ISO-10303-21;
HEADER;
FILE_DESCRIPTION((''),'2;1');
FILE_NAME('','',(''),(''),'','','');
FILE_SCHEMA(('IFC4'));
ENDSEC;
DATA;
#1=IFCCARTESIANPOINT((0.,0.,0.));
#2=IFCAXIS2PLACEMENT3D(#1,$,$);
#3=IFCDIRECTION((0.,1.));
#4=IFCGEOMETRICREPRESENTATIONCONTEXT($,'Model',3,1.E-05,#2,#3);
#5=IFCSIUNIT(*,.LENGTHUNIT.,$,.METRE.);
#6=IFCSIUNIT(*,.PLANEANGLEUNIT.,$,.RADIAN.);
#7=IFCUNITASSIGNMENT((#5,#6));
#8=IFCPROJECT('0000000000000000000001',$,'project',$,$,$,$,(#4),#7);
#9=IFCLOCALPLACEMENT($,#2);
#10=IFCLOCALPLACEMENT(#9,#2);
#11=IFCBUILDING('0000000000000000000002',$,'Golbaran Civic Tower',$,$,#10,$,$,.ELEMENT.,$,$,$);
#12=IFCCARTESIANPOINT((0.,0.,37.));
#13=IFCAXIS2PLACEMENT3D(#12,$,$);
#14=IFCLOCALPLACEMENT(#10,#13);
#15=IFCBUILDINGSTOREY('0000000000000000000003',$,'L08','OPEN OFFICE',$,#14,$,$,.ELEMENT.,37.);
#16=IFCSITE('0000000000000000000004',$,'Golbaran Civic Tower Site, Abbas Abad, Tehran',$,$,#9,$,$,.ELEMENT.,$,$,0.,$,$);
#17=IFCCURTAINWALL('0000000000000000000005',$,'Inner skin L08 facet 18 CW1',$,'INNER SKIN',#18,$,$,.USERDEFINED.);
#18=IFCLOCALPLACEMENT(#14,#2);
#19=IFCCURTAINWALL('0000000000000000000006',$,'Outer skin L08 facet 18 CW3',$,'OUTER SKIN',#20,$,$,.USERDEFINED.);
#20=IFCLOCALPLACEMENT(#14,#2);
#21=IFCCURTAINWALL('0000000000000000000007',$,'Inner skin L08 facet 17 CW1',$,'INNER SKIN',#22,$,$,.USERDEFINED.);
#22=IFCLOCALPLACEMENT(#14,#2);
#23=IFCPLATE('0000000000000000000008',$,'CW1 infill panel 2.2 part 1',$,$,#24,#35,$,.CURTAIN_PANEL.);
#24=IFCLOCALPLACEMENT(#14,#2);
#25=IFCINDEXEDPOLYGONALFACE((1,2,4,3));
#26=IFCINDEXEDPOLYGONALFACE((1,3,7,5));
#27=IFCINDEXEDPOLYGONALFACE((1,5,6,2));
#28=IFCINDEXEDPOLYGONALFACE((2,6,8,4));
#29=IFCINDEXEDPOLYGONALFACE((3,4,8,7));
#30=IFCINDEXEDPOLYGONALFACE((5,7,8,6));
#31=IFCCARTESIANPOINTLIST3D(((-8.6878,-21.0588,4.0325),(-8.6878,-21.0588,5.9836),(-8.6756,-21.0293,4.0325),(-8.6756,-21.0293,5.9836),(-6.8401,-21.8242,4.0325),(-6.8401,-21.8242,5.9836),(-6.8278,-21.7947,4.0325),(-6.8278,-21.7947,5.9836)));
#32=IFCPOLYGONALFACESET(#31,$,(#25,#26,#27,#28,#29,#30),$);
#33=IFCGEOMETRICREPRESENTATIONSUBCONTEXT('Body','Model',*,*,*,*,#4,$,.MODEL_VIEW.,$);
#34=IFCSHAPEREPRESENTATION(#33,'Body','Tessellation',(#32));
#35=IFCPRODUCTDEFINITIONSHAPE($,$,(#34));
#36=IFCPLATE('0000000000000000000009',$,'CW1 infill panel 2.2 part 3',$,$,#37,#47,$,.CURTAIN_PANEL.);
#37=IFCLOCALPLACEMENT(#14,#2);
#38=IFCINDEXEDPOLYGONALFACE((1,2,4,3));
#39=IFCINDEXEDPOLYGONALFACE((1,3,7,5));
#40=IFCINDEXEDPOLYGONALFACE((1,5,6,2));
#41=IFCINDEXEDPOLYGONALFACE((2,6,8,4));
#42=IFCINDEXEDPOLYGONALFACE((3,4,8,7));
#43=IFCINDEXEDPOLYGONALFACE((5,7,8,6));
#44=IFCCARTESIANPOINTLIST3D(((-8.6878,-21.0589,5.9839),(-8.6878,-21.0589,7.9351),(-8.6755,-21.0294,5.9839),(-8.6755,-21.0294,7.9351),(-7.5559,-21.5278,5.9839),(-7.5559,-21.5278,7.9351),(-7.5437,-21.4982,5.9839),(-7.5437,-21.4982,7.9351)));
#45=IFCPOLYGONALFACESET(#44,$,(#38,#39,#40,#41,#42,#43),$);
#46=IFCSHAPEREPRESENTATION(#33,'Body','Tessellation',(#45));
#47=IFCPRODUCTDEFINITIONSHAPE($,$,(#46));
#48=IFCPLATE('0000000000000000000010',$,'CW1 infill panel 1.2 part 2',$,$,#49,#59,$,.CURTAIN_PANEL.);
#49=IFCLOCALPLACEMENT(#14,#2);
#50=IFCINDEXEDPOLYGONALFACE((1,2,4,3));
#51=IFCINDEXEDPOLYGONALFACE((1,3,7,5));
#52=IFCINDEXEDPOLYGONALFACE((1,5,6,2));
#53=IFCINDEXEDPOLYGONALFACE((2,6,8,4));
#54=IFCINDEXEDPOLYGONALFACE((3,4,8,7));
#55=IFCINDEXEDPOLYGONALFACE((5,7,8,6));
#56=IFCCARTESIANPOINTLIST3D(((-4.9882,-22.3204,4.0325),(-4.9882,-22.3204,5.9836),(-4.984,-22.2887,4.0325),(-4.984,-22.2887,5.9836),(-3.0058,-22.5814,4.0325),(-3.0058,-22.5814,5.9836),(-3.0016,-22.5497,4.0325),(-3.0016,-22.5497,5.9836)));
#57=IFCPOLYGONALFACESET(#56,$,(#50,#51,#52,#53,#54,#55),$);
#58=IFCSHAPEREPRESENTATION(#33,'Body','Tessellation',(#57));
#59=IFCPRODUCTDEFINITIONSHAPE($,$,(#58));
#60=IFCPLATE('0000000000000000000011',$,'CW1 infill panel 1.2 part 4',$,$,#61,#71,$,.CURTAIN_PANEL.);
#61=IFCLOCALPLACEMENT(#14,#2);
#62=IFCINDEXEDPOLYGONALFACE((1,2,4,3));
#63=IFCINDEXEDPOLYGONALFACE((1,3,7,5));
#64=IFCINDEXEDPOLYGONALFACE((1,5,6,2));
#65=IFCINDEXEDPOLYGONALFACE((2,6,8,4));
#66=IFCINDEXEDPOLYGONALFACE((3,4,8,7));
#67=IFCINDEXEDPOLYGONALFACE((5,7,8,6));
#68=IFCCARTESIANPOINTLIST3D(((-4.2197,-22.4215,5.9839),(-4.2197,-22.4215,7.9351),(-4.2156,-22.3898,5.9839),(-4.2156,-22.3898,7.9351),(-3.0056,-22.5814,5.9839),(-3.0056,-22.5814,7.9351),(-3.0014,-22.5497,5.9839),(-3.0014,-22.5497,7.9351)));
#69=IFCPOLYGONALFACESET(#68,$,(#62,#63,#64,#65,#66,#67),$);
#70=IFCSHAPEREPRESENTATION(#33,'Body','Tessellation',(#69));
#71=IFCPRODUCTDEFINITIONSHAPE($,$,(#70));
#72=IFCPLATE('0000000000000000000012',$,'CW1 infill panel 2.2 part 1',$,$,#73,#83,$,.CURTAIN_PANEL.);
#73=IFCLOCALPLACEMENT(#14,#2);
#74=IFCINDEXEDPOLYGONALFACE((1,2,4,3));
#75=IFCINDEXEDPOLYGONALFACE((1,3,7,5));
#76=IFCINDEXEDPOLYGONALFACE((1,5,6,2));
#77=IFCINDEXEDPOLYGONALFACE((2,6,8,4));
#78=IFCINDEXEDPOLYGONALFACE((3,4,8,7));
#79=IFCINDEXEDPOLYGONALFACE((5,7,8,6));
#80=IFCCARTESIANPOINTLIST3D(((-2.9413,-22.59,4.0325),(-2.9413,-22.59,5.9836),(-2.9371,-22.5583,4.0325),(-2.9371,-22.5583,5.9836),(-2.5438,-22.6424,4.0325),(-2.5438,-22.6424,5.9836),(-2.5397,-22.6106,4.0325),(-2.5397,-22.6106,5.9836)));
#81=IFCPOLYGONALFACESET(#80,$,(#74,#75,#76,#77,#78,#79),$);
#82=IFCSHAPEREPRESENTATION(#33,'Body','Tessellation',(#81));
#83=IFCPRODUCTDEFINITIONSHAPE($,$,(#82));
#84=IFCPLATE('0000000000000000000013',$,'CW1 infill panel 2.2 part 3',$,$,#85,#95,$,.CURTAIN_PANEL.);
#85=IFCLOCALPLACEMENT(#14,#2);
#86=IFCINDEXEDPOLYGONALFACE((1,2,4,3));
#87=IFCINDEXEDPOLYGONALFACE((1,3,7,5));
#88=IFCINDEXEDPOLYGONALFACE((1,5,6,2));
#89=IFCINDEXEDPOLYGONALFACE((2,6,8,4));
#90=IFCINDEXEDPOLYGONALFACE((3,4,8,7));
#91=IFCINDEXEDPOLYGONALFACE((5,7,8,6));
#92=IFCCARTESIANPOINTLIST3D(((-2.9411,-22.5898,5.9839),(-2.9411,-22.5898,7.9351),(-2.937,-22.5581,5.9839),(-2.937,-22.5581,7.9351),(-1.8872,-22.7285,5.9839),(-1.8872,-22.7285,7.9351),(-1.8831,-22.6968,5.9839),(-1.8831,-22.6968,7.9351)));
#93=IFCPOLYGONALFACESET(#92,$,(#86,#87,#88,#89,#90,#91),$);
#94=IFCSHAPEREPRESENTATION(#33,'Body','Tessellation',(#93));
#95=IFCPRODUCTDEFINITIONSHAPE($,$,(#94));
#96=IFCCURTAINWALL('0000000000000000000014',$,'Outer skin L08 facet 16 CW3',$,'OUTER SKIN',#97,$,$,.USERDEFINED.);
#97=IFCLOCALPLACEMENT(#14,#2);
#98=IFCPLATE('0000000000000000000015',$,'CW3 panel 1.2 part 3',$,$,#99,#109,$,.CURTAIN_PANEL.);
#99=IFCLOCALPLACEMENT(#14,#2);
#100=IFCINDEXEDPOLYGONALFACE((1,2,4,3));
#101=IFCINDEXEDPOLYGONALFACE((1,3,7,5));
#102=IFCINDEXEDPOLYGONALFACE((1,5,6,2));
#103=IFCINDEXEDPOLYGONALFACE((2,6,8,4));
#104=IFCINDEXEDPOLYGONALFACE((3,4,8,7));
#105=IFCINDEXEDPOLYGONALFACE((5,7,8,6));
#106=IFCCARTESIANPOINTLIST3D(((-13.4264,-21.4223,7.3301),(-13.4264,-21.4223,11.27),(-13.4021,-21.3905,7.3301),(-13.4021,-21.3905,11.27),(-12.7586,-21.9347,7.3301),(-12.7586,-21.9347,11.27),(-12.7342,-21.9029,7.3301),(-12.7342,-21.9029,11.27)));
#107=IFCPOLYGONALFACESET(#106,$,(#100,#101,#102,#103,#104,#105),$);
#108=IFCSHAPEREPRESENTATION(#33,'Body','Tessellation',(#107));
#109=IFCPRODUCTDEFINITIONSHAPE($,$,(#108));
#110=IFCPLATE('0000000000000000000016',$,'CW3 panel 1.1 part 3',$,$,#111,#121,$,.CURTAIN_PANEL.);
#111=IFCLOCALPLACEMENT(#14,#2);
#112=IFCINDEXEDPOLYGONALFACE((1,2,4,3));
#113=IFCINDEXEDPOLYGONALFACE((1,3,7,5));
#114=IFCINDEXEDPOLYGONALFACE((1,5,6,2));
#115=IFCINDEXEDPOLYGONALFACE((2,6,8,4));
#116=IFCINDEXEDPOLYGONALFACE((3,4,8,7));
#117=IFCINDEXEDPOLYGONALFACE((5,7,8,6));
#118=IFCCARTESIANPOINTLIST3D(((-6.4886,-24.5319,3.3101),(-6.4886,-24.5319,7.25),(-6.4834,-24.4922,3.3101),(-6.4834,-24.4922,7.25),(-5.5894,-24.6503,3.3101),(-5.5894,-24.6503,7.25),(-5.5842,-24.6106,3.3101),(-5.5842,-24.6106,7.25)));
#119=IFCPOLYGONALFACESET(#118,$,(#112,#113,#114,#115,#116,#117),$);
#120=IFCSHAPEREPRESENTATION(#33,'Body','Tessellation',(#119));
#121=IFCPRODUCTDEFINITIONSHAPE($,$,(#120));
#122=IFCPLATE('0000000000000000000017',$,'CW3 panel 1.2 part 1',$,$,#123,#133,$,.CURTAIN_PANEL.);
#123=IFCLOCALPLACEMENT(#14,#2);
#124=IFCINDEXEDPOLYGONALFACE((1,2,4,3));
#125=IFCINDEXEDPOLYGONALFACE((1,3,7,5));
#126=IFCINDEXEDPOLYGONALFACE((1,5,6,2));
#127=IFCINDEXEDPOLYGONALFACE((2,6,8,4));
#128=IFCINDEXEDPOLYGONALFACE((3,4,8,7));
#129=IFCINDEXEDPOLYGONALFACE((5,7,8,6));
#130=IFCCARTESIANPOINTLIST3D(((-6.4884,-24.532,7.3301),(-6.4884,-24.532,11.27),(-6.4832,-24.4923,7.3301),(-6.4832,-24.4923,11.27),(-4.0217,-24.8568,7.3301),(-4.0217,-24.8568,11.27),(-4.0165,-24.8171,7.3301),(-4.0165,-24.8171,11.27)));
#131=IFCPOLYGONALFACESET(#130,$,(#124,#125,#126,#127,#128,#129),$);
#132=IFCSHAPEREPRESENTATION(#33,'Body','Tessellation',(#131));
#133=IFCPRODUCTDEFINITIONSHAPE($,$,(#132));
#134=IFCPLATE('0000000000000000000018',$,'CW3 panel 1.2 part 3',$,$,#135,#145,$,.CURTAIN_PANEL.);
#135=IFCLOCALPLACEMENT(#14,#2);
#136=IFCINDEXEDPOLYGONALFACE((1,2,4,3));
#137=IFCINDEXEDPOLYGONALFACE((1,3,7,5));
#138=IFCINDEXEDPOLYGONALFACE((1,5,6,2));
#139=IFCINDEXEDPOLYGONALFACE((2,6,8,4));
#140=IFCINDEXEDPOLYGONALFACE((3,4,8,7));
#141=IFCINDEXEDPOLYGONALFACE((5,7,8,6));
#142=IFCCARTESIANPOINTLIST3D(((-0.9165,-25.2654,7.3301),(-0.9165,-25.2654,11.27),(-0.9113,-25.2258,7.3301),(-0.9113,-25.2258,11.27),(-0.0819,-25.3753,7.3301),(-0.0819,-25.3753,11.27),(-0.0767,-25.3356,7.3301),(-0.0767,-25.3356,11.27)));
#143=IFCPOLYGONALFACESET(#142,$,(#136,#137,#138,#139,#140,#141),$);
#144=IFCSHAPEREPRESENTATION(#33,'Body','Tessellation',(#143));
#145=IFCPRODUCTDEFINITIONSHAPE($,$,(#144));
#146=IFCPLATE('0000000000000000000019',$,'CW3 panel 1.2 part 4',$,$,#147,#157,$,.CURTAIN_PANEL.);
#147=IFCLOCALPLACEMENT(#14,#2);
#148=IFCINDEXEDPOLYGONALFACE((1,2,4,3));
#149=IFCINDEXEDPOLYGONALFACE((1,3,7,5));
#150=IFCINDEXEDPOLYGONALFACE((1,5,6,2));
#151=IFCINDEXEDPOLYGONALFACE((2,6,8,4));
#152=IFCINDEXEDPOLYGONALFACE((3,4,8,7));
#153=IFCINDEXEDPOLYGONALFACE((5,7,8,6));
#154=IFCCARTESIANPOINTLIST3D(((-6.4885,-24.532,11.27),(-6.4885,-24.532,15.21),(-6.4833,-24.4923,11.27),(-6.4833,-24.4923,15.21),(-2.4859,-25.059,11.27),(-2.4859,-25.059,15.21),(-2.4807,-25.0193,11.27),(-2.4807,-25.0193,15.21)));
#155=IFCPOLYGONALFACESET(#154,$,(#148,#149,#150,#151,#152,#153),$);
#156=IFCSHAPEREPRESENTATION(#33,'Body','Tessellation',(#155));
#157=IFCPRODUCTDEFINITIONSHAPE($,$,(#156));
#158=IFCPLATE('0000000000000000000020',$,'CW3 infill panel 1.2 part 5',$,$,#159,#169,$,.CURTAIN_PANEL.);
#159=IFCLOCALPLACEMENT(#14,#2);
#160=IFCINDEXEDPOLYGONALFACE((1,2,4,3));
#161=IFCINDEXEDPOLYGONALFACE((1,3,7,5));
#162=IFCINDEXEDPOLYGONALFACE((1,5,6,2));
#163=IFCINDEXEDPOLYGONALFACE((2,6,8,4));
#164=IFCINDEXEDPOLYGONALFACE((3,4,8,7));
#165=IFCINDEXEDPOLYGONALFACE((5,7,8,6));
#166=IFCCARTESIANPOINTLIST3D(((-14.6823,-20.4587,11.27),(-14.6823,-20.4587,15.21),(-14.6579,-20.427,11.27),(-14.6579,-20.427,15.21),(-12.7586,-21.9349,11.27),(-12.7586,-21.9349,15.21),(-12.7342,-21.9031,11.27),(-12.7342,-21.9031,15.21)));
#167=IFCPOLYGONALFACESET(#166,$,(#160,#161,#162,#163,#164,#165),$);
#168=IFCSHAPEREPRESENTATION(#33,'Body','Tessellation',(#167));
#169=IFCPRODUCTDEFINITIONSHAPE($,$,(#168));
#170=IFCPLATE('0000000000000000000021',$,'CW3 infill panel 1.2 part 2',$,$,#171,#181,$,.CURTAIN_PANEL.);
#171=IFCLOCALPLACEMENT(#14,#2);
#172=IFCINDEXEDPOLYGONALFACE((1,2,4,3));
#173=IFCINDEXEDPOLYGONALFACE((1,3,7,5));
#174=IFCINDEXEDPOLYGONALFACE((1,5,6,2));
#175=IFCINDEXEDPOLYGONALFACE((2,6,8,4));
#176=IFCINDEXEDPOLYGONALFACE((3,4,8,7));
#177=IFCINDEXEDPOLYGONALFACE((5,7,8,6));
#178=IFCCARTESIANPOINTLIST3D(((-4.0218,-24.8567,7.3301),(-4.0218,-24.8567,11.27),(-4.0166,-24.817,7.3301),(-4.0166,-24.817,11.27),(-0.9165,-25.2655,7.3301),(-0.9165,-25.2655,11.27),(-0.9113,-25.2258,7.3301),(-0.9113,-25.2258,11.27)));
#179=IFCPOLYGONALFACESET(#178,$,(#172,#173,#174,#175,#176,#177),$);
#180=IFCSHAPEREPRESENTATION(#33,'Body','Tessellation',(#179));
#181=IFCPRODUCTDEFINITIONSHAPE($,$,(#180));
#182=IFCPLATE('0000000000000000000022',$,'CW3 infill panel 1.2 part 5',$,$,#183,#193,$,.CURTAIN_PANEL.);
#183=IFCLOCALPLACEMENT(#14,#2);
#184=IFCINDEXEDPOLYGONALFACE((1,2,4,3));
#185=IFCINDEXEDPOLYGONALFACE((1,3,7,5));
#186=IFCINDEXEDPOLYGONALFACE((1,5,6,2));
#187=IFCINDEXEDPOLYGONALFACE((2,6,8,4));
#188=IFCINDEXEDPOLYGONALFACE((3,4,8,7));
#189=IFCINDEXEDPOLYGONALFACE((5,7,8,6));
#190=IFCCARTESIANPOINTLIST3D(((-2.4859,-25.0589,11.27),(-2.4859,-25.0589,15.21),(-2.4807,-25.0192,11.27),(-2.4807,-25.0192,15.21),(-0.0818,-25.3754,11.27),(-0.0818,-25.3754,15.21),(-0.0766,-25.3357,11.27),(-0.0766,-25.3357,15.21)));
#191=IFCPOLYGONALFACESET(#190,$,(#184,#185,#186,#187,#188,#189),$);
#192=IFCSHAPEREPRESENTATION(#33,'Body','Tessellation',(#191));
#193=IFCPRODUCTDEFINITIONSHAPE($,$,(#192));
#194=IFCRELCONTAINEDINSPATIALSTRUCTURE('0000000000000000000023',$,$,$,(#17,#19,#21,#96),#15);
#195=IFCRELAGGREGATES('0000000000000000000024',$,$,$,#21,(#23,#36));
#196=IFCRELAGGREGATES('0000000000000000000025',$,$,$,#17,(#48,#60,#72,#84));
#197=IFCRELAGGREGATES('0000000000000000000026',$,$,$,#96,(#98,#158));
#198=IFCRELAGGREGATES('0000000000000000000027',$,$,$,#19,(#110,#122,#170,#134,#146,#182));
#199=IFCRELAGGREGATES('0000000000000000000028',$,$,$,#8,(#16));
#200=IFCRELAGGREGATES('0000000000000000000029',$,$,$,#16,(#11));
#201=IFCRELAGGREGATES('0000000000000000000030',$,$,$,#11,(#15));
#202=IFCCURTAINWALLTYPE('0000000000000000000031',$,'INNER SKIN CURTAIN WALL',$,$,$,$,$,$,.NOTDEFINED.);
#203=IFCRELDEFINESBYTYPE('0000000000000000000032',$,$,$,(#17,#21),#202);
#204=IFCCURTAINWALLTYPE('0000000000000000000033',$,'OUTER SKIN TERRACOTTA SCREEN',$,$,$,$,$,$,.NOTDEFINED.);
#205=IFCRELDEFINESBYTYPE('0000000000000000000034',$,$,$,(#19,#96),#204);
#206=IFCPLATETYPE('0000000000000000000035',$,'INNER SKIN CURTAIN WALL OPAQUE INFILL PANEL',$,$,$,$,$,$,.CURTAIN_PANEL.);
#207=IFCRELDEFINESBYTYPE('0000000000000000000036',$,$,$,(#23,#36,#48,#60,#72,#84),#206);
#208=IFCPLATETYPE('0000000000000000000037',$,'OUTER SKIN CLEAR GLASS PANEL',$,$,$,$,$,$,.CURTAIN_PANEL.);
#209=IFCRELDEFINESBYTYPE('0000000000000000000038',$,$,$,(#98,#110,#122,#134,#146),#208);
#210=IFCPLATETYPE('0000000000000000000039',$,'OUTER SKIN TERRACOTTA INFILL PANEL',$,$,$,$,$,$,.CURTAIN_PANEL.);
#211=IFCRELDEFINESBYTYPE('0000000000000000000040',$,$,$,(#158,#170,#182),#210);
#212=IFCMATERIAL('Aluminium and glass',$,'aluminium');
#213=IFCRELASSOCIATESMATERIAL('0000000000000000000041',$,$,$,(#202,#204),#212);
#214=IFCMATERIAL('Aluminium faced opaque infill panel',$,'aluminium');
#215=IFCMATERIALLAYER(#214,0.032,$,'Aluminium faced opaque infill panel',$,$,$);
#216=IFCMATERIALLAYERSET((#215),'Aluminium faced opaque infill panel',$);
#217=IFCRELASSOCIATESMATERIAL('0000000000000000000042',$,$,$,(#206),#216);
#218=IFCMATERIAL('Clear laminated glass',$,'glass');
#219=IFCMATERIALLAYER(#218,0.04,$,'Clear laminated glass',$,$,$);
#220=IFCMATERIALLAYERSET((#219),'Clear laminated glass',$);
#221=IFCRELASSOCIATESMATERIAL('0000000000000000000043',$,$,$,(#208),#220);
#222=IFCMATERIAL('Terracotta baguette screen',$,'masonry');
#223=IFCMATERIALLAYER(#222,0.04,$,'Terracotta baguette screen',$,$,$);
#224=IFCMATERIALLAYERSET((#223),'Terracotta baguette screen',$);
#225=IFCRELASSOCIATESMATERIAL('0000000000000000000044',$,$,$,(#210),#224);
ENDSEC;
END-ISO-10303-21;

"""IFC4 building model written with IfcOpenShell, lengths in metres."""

from ifc_helpers import new_model, si_unit, direction, frame, origin, origin_2d, place, context, subcontext, project, spatial, rectangle, extrude, material, layer, layer_set, type_object, element, aggregate, save


model = new_model("IFC4")

# Units and contexts
model_context = context("Model", 3, precision=1e-05, world=origin(), true_north=direction((0.0, 1.0)))
body_context = subcontext(model_context, "Body", "Model", "MODEL_VIEW")
ifc_project = project(units=[si_unit("LENGTHUNIT", "METRE"), si_unit("PLANEANGLEUNIT", "RADIAN")], contexts=[model_context])

# Site, building, storey
site_placement = place(None, origin())
site = spatial("IfcSite", under=ifc_project, at=site_placement, Name="Golbaran Civic Tower Site, Abbas Abad, Tehran", CompositionType="ELEMENT", RefElevation=0.0)
building_placement = place(site_placement, origin())
building = spatial("IfcBuilding", under=site, at=building_placement, Name="Golbaran Civic Tower", CompositionType="ELEMENT")
storey_placement = place(building_placement, frame((0.0, 0.0, 37.0)))
storey = spatial("IfcBuildingStorey", under=building, at=storey_placement, Name="L08", Description="OPEN OFFICE", CompositionType="ELEMENT", Elevation=37.0)

# Curtain walls
ifc_material_1 = material(Name="Aluminium and glass", Category="aluminium")
curtain_wall_type_1 = type_object("IfcCurtainWallType", Name="INNER SKIN CURTAIN WALL", PredefinedType="NOTDEFINED", material=ifc_material_1)
curtain_wall_1_placement = place(storey_placement, origin())
curtain_wall_1 = element("IfcCurtainWall", 1, at=curtain_wall_1_placement, inside=storey, type_object=curtain_wall_type_1, Name="Inner skin L08 facet 18 CW1", ObjectType="INNER SKIN", PredefinedType="USERDEFINED")
curtain_wall_type_2 = type_object("IfcCurtainWallType", Name="OUTER SKIN TERRACOTTA SCREEN", PredefinedType="NOTDEFINED", material=ifc_material_1)
curtain_wall_2_placement = place(storey_placement, origin())
curtain_wall_2 = element("IfcCurtainWall", 2, at=curtain_wall_2_placement, inside=storey, type_object=curtain_wall_type_2, Name="Outer skin L08 facet 18 CW3", ObjectType="OUTER SKIN", PredefinedType="USERDEFINED")

# Curtain wall
curtain_wall_3_placement = place(storey_placement, origin())
curtain_wall_3 = element("IfcCurtainWall", 3, at=curtain_wall_3_placement, inside=storey, type_object=curtain_wall_type_1, Name="Inner skin L08 facet 17 CW1", ObjectType="INNER SKIN", PredefinedType="USERDEFINED")

# Plates
ifc_material_2 = material(Name="Aluminium faced opaque infill panel", Category="aluminium")
ifc_layer_1 = layer(ifc_material_2, 0.032, Name="Aluminium faced opaque infill panel")
ifc_layer_set_1 = layer_set([ifc_layer_1], Name="Aluminium faced opaque infill panel")
plate_type_1 = type_object("IfcPlateType", Name="INNER SKIN CURTAIN WALL OPAQUE INFILL PANEL", PredefinedType="CURTAIN_PANEL", material=ifc_layer_set_1)
plate_1_placement = place(storey_placement, frame((-7.7578, -21.4268, 4.0325), z_axis=(0.0, 0.0, 1.0), x_axis=(0.92388, -0.382683, 0.0)))
plate_1 = element("IfcPlate", 4, at=plate_1_placement, type_object=plate_type_1, Name="CW1 infill panel 2.2 part 1", PredefinedType="CURTAIN_PANEL", context=body_context, shape_type="SweptSolid", body=[
    extrude(rectangle(XDim=2.0, YDim=0.032, at=origin_2d()), origin(), (0.0, 0.0, 1.0), 1.9512),
])
plate_2_placement = place(storey_placement, frame((-8.1157, -21.2786, 5.9839), z_axis=(0.0, 0.0, 1.0), x_axis=(0.92388, -0.382683, 0.0)))
plate_2 = element("IfcPlate", 5, at=plate_2_placement, type_object=plate_type_1, Name="CW1 infill panel 2.2 part 3", PredefinedType="CURTAIN_PANEL", context=body_context, shape_type="SweptSolid", body=[
    extrude(rectangle(XDim=1.2251, YDim=0.032, at=origin_2d()), origin(), (0.0, 0.0, 1.0), 1.9512),
])
aggregate(curtain_wall_3, [plate_1, plate_2])
plate_3_placement = place(storey_placement, frame((-3.9949, -22.4351, 4.0325), z_axis=(0.0, 0.0, 1.0), x_axis=(0.991445, -0.130526, 0.0)))
plate_3 = element("IfcPlate", 6, at=plate_3_placement, type_object=plate_type_1, Name="CW1 infill panel 1.2 part 2", PredefinedType="CURTAIN_PANEL", context=body_context, shape_type="SweptSolid", body=[
    extrude(rectangle(XDim=1.9995, YDim=0.032, at=origin_2d()), origin(), (0.0, 0.0, 1.0), 1.9512),
])
plate_4_placement = place(storey_placement, frame((-3.6106, -22.4856, 5.9839), z_axis=(0.0, 0.0, 1.0), x_axis=(0.991445, -0.130526, 0.0)))
plate_4 = element("IfcPlate", 7, at=plate_4_placement, type_object=plate_type_1, Name="CW1 infill panel 1.2 part 4", PredefinedType="CURTAIN_PANEL", context=body_context, shape_type="SweptSolid", body=[
    extrude(rectangle(XDim=1.2246, YDim=0.032, at=origin_2d()), origin(), (0.0, 0.0, 1.0), 1.9512),
])
plate_5_placement = place(storey_placement, frame((-2.7405, -22.6003, 4.0325), z_axis=(0.0, 0.0, 1.0), x_axis=(0.991445, -0.130526, 0.0)))
plate_5 = element("IfcPlate", 8, at=plate_5_placement, type_object=plate_type_1, Name="CW1 infill panel 2.2 part 1", PredefinedType="CURTAIN_PANEL", context=body_context, shape_type="SweptSolid", body=[
    extrude(rectangle(XDim=0.4009, YDim=0.032, at=origin_2d()), origin(), (0.0, 0.0, 1.0), 1.9512),
])
plate_6_placement = place(storey_placement, frame((-2.4121, -22.6433, 5.9839), z_axis=(0.0, 0.0, 1.0), x_axis=(0.991445, -0.130526, 0.0)))
plate_6 = element("IfcPlate", 9, at=plate_6_placement, type_object=plate_type_1, Name="CW1 infill panel 2.2 part 3", PredefinedType="CURTAIN_PANEL", context=body_context, shape_type="SweptSolid", body=[
    extrude(rectangle(XDim=1.063, YDim=0.032, at=origin_2d()), origin(), (0.0, 0.0, 1.0), 1.9512),
])
aggregate(curtain_wall_1, [plate_3, plate_4, plate_5, plate_6])

# Curtain wall, plate
curtain_wall_4_placement = place(storey_placement, origin())
curtain_wall_4 = element("IfcCurtainWall", 10, at=curtain_wall_4_placement, inside=storey, type_object=curtain_wall_type_2, Name="Outer skin L08 facet 16 CW3", ObjectType="OUTER SKIN", PredefinedType="USERDEFINED")
ifc_material_3 = material(Name="Clear laminated glass", Category="glass")
ifc_layer_2 = layer(ifc_material_3, 0.04, Name="Clear laminated glass")
ifc_layer_set_2 = layer_set([ifc_layer_2], Name="Clear laminated glass")
plate_type_2 = type_object("IfcPlateType", Name="OUTER SKIN CLEAR GLASS PANEL", PredefinedType="CURTAIN_PANEL", material=ifc_layer_set_2)
plate_7_placement = place(storey_placement, frame((-13.0803, -21.6626, 7.3301), z_axis=(0.0, 0.0, 1.0), x_axis=(0.793353, -0.608761, 0.0)))
plate_7 = element("IfcPlate", 11, at=plate_7_placement, type_object=plate_type_2, Name="CW3 panel 1.2 part 3", PredefinedType="CURTAIN_PANEL", context=body_context, shape_type="SweptSolid", body=[
    extrude(rectangle(XDim=0.8418, YDim=0.04, at=origin_2d()), origin(), (0.0, 0.0, 1.0), 3.9399),
])

# Plates
plate_8_placement = place(storey_placement, frame((-6.0364, -24.5713, 3.3101), z_axis=(0.0, 0.0, 1.0), x_axis=(0.991445, -0.130526, 0.0)))
plate_8 = element("IfcPlate", 12, at=plate_8_placement, type_object=plate_type_2, Name="CW3 panel 1.1 part 3", PredefinedType="CURTAIN_PANEL", context=body_context, shape_type="SweptSolid", body=[
    extrude(rectangle(XDim=0.907, YDim=0.04, at=origin_2d()), origin(), (0.0, 0.0, 1.0), 3.9399),
])
plate_9_placement = place(storey_placement, frame((-5.2524, -24.6746, 7.3301), z_axis=(0.0, 0.0, 1.0), x_axis=(0.991445, -0.130526, 0.0)))
plate_9 = element("IfcPlate", 13, at=plate_9_placement, type_object=plate_type_2, Name="CW3 panel 1.2 part 1", PredefinedType="CURTAIN_PANEL", context=body_context, shape_type="SweptSolid", body=[
    extrude(rectangle(XDim=2.488, YDim=0.04, at=origin_2d()), origin(), (0.0, 0.0, 1.0), 3.9399),
])
plate_10_placement = place(storey_placement, frame((-0.4966, -25.3005, 7.3301), z_axis=(0.0, 0.0, 1.0), x_axis=(0.991445, -0.130526, 0.0)))
plate_10 = element("IfcPlate", 14, at=plate_10_placement, type_object=plate_type_2, Name="CW3 panel 1.2 part 3", PredefinedType="CURTAIN_PANEL", context=body_context, shape_type="SweptSolid", body=[
    extrude(rectangle(XDim=0.8418, YDim=0.04, at=origin_2d()), origin(), (0.0, 0.0, 1.0), 3.9399),
])
plate_11_placement = place(storey_placement, frame((-4.4846, -24.7756, 11.27), z_axis=(0.0, 0.0, 1.0), x_axis=(0.991445, -0.130526, 0.0)))
plate_11 = element("IfcPlate", 15, at=plate_11_placement, type_object=plate_type_2, Name="CW3 panel 1.2 part 4", PredefinedType="CURTAIN_PANEL", context=body_context, shape_type="SweptSolid", body=[
    extrude(rectangle(XDim=4.0371, YDim=0.04, at=origin_2d()), origin(), (0.0, 0.0, 1.0), 3.9399),
])
ifc_material_4 = material(Name="Terracotta baguette screen", Category="masonry")
ifc_layer_3 = layer(ifc_material_4, 0.04, Name="Terracotta baguette screen")
ifc_layer_set_3 = layer_set([ifc_layer_3], Name="Terracotta baguette screen")
plate_type_3 = type_object("IfcPlateType", Name="OUTER SKIN TERRACOTTA INFILL PANEL", PredefinedType="CURTAIN_PANEL", material=ifc_layer_set_3)
plate_12_placement = place(storey_placement, frame((-13.7083, -21.1809, 11.27), z_axis=(0.0, 0.0, 1.0), x_axis=(0.793353, -0.608761, 0.0)))
plate_12 = element("IfcPlate", 16, at=plate_12_placement, type_object=plate_type_3, Name="CW3 infill panel 1.2 part 5", PredefinedType="CURTAIN_PANEL", context=body_context, shape_type="SweptSolid", body=[
    extrude(rectangle(XDim=2.4248, YDim=0.04, at=origin_2d()), origin(), (0.0, 0.0, 1.0), 3.9399),
])
aggregate(curtain_wall_4, [plate_7, plate_12])
plate_13_placement = place(storey_placement, frame((-2.4666, -25.0413, 7.3301), z_axis=(0.0, 0.0, 1.0), x_axis=(0.991445, -0.130526, 0.0)))
plate_13 = element("IfcPlate", 17, at=plate_13_placement, type_object=plate_type_3, Name="CW3 infill panel 1.2 part 2", PredefinedType="CURTAIN_PANEL", context=body_context, shape_type="SweptSolid", body=[
    extrude(rectangle(XDim=3.1321, YDim=0.04, at=origin_2d()), origin(), (0.0, 0.0, 1.0), 3.9399),
])
plate_14_placement = place(storey_placement, frame((-1.2812, -25.1973, 11.27), z_axis=(0.0, 0.0, 1.0), x_axis=(0.991445, -0.130526, 0.0)))
plate_14 = element("IfcPlate", 18, at=plate_14_placement, type_object=plate_type_3, Name="CW3 infill panel 1.2 part 5", PredefinedType="CURTAIN_PANEL", context=body_context, shape_type="SweptSolid", body=[
    extrude(rectangle(XDim=2.4248, YDim=0.04, at=origin_2d()), origin(), (0.0, 0.0, 1.0), 3.9399),
])
aggregate(curtain_wall_2, [plate_8, plate_9, plate_13, plate_10, plate_11, plate_14])

save(model, "model.ifc")
